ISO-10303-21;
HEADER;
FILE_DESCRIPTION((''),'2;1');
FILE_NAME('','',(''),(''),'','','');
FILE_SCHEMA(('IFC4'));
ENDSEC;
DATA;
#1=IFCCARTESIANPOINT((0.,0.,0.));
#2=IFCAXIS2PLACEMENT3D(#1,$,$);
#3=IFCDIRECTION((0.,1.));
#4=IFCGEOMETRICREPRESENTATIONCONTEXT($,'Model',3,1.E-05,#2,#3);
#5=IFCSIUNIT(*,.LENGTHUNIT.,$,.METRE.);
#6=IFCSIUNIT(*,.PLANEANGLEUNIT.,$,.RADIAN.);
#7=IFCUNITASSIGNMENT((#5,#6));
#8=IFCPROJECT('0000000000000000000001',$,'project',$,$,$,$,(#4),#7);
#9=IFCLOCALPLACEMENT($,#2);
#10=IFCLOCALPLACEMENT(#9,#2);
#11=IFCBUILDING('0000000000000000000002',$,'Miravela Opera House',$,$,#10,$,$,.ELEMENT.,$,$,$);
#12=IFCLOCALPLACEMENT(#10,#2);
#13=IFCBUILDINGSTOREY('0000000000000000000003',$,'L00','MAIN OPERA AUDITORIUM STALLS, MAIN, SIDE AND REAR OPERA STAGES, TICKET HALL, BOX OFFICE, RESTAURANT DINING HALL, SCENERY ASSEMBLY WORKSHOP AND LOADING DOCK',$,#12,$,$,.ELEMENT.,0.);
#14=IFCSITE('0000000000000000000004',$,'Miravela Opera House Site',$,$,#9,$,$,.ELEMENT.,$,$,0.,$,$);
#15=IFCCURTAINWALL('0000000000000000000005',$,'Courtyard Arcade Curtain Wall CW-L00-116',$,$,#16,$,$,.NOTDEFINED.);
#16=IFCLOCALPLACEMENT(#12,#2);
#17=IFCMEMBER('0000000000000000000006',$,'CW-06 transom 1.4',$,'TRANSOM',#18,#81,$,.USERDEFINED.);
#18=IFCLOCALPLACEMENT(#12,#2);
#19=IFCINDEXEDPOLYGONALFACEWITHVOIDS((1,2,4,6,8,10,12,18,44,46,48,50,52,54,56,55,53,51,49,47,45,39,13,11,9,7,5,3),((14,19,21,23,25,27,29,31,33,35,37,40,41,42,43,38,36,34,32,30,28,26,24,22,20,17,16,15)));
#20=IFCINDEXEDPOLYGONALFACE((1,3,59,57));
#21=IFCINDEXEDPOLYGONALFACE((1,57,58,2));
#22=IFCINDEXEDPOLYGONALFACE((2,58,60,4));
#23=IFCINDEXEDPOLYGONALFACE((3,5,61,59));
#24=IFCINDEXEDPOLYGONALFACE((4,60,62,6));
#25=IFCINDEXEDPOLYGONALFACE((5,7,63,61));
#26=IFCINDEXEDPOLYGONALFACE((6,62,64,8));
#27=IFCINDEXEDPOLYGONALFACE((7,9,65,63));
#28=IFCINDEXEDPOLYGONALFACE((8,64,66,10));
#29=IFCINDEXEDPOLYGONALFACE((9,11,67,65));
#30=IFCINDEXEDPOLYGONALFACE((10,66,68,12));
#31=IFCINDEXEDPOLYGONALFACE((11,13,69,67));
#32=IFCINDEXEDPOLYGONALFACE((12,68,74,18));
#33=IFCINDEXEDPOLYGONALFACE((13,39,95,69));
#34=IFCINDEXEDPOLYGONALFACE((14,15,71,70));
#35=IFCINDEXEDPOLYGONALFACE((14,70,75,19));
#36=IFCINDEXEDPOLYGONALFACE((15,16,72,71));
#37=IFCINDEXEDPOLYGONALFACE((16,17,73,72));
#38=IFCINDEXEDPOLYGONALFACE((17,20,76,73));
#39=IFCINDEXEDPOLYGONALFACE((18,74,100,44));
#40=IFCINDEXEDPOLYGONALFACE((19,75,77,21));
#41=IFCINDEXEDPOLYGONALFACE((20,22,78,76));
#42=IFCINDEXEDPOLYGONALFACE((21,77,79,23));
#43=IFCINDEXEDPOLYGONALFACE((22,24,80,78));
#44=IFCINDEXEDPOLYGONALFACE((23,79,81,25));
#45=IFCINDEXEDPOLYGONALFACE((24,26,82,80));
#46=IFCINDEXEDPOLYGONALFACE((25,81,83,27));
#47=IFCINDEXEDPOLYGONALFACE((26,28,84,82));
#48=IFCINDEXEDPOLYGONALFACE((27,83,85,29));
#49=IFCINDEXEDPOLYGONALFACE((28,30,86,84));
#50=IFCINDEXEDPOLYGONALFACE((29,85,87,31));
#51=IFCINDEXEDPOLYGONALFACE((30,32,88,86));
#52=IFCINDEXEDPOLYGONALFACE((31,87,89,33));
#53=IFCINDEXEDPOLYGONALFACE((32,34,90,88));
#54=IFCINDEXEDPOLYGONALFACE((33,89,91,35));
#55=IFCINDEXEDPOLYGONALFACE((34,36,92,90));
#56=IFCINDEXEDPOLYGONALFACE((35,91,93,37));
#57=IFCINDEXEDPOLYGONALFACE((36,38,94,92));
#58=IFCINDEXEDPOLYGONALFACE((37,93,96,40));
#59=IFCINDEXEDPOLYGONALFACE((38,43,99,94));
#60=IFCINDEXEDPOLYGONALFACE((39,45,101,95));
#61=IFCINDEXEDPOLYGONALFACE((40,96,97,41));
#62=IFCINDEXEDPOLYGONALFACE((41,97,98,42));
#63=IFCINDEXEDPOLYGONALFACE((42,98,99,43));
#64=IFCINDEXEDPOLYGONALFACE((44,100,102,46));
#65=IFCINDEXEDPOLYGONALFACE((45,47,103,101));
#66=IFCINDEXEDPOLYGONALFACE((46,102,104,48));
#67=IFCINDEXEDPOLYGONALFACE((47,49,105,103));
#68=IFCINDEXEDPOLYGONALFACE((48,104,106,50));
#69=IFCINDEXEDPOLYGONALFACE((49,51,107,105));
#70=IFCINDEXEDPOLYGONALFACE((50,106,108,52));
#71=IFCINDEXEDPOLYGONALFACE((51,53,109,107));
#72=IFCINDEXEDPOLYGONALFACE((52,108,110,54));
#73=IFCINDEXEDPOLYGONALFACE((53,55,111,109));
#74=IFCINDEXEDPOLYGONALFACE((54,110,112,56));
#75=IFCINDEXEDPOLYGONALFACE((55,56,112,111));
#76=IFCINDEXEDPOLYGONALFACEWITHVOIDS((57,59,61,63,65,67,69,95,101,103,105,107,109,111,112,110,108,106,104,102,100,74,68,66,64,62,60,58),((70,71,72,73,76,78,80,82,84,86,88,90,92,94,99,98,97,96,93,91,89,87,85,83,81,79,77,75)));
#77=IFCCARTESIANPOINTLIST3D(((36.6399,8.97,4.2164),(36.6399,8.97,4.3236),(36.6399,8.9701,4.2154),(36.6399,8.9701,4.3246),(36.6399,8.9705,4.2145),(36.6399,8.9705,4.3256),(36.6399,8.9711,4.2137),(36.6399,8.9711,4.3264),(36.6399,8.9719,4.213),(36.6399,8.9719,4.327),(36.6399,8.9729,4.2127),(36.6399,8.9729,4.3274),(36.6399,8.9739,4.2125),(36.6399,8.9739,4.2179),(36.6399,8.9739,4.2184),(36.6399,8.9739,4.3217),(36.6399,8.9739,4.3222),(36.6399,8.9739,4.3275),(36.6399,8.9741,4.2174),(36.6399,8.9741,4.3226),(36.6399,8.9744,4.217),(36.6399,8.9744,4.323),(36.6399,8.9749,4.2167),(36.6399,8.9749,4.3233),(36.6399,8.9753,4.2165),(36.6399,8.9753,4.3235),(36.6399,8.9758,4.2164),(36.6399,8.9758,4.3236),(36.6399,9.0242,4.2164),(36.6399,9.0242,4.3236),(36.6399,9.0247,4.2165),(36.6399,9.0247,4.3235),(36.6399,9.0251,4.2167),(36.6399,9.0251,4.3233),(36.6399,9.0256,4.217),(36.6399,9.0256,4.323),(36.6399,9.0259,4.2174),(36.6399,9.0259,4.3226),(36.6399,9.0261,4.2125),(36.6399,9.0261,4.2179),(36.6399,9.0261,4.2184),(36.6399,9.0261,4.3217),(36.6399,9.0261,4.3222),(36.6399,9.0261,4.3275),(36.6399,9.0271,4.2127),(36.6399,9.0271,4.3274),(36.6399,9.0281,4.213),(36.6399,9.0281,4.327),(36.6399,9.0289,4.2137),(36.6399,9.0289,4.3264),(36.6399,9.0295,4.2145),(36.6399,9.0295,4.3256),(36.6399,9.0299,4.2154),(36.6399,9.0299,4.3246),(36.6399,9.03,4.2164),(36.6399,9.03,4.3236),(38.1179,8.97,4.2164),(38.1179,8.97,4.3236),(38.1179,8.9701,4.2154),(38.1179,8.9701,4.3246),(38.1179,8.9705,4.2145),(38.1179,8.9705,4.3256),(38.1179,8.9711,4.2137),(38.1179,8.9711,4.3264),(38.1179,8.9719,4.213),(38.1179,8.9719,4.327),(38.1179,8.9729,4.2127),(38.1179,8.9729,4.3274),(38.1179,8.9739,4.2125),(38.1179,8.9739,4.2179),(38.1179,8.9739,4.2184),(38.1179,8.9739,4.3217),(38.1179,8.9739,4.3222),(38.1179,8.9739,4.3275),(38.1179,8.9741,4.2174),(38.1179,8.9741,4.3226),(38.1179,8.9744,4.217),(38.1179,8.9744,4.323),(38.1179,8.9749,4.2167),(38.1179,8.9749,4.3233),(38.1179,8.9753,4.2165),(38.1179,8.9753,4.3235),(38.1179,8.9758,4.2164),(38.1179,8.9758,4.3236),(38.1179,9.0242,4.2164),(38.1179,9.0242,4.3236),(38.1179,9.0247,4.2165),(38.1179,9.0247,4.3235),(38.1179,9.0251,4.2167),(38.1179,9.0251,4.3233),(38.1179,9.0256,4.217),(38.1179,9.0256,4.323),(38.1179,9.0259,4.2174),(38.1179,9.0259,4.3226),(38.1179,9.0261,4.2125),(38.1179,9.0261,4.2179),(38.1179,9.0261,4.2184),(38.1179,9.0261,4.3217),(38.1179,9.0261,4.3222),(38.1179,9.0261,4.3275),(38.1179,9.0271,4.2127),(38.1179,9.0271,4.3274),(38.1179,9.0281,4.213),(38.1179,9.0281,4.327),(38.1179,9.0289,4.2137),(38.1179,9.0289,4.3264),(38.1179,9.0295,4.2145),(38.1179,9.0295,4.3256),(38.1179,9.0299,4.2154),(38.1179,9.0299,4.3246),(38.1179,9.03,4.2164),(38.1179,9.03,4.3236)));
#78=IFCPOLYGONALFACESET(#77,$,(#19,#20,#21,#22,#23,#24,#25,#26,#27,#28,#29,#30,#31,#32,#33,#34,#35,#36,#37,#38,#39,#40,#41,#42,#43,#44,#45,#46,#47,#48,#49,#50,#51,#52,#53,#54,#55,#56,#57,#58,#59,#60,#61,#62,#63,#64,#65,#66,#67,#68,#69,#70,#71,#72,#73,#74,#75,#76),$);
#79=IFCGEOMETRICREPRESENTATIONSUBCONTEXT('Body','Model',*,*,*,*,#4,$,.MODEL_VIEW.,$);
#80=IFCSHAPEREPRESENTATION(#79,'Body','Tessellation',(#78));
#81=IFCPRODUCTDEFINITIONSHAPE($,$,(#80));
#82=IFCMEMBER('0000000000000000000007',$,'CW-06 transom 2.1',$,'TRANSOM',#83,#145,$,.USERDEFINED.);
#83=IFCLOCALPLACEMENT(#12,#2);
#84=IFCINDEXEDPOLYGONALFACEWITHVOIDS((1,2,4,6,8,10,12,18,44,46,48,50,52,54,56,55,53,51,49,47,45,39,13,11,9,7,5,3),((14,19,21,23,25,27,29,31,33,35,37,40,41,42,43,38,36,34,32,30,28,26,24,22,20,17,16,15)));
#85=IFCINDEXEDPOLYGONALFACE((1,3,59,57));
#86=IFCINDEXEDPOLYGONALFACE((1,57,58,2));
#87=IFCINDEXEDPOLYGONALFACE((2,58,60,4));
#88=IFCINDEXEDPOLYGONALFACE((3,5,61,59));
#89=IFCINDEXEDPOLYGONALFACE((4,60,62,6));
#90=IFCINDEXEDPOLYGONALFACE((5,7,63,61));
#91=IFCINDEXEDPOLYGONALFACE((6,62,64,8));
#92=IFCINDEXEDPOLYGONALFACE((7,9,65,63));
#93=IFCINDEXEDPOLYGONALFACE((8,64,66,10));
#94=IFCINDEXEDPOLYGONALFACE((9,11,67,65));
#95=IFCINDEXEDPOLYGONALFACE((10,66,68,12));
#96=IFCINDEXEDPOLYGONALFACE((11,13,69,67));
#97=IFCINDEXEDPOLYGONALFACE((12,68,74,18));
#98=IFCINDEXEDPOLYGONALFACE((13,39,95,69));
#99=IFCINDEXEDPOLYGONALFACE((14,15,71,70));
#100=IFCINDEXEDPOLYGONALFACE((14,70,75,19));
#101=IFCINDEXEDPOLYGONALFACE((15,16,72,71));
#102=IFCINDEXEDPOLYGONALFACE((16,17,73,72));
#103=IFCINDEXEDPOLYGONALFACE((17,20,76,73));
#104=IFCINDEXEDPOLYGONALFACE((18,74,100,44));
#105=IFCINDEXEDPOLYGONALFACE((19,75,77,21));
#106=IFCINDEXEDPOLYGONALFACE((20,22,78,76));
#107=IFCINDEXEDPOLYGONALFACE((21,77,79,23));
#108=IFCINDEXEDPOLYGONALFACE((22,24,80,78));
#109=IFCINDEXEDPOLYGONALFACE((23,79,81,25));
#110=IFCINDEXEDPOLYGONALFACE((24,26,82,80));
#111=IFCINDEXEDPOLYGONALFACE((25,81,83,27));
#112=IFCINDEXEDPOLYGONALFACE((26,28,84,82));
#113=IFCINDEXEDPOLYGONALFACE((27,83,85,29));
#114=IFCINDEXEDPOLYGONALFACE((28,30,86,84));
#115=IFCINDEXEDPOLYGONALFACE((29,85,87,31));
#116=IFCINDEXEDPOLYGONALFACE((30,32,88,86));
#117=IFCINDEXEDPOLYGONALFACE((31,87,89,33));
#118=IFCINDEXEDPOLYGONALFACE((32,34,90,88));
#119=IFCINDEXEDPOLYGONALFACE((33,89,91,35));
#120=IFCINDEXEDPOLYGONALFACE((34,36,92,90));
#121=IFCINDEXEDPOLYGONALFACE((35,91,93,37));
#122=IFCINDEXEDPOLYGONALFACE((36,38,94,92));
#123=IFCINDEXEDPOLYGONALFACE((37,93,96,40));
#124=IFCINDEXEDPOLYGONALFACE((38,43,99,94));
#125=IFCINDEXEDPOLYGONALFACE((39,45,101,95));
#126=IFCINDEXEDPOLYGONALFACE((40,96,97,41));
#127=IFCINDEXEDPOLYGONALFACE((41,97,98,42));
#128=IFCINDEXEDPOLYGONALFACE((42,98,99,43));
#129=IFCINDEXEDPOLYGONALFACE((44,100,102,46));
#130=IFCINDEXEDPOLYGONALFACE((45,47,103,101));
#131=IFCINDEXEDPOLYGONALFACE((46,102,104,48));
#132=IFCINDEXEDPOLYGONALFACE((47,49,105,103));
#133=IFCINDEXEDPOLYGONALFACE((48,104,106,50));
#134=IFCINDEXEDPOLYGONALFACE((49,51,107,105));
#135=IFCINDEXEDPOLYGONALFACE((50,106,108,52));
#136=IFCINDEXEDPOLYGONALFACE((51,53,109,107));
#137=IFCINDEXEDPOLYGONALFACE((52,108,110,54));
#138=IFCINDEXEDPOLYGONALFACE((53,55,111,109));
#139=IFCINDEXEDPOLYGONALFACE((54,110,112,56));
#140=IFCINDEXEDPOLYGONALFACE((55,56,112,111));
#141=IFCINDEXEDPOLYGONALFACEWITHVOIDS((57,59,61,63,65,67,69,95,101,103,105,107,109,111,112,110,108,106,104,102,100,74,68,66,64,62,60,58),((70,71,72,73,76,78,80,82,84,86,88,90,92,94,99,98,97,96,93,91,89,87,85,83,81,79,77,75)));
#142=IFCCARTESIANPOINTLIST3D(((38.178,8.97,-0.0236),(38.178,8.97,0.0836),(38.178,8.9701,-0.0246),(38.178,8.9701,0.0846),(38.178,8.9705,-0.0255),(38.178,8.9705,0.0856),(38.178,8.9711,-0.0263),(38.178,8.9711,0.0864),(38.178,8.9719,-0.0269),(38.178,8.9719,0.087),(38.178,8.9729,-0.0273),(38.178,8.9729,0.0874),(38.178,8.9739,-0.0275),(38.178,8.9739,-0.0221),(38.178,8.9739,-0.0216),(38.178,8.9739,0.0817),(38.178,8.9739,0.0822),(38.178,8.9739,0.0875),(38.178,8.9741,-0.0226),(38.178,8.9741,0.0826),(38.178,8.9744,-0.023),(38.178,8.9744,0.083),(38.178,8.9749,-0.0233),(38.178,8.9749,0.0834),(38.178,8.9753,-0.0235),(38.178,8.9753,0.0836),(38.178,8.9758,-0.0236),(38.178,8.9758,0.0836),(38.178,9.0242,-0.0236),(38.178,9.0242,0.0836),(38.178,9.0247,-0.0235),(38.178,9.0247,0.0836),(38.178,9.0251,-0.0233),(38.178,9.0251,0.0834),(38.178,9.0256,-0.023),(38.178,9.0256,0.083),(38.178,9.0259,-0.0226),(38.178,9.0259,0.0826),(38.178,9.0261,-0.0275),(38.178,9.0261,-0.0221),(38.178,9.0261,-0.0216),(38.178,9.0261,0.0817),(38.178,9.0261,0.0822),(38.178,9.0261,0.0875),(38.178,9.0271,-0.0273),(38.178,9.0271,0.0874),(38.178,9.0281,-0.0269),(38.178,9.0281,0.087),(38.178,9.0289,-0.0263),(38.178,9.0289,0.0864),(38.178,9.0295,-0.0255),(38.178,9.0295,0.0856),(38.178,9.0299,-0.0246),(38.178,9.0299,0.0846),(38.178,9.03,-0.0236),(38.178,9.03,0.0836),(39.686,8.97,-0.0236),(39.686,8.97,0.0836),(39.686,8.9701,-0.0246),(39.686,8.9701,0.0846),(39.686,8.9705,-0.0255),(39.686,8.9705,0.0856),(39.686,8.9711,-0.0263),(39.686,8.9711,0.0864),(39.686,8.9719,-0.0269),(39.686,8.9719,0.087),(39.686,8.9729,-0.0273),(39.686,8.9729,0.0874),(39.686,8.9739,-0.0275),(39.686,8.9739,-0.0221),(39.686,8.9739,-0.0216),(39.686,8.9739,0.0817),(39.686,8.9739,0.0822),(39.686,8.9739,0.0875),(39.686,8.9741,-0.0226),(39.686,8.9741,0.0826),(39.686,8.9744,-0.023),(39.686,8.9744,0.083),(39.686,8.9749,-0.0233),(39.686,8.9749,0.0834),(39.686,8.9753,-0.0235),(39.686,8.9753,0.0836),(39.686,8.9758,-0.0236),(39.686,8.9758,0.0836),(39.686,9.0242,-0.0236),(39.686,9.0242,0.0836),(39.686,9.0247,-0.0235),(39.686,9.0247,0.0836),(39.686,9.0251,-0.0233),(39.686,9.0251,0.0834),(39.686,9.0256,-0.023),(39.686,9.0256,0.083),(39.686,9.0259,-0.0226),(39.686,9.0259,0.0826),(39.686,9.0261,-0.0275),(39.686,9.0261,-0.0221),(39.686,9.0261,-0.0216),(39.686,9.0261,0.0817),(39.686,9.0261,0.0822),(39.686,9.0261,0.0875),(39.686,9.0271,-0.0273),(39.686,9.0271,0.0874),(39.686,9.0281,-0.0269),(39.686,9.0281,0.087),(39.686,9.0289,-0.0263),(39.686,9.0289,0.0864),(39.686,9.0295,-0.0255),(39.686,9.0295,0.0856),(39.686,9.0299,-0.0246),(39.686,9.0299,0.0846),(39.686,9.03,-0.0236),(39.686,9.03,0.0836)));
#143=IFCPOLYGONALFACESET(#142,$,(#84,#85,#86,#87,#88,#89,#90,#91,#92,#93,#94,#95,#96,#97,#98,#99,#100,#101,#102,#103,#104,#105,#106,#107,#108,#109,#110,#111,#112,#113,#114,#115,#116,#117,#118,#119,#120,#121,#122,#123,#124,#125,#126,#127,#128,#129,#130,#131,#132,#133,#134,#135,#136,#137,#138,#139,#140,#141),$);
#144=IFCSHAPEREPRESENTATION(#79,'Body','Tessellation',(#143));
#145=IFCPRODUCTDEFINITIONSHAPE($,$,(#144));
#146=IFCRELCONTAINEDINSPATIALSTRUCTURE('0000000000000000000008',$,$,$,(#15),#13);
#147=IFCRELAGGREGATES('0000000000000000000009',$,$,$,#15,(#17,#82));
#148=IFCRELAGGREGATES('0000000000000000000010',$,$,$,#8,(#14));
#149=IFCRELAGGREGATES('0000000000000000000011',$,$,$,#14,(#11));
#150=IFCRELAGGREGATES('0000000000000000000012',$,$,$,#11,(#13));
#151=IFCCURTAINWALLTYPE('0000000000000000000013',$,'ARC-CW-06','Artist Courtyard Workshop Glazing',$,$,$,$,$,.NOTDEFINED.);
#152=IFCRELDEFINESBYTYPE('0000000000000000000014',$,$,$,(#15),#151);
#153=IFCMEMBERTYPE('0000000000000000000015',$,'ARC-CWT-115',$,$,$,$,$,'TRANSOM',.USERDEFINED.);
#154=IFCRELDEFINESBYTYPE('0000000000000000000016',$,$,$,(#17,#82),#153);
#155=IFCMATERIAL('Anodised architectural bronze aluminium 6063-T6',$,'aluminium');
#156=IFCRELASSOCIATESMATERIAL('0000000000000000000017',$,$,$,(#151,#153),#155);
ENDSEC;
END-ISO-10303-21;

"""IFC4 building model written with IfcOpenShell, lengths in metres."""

from ifc_helpers import new_model, si_unit, direction, frame, origin, origin_2d, place, context, subcontext, project, spatial, hollow_rectangle, extrude, material, material_profile, profile_set, type_object, element, aggregate, save


model = new_model("IFC4")

# Units and contexts
model_context = context("Model", 3, precision=1e-05, world=origin(), true_north=direction((0.0, 1.0)))
body_context = subcontext(model_context, "Body", "Model", "MODEL_VIEW")
ifc_project = project(units=[si_unit("LENGTHUNIT", "METRE"), si_unit("PLANEANGLEUNIT", "RADIAN")], contexts=[model_context])

# Site, building, storey
site_placement = place(None, origin())
site = spatial("IfcSite", under=ifc_project, at=site_placement, Name="Miravela Opera House Site", CompositionType="ELEMENT", RefElevation=0.0)
building_placement = place(site_placement, origin())
building = spatial("IfcBuilding", under=site, at=building_placement, Name="Miravela Opera House", CompositionType="ELEMENT")
storey_placement = place(building_placement, origin())
storey = spatial("IfcBuildingStorey", under=building, at=storey_placement, Name="L00", Description="MAIN OPERA AUDITORIUM STALLS, MAIN, SIDE AND REAR OPERA STAGES, TICKET HALL, BOX OFFICE, RESTAURANT DINING HALL, SCENERY ASSEMBLY WORKSHOP AND LOADING DOCK", CompositionType="ELEMENT", Elevation=0.0)

# Curtain wall, members
ifc_material_1 = material(Name="Anodised architectural bronze aluminium 6063-T6", Category="aluminium")
curtain_wall_type = type_object("IfcCurtainWallType", Name="ARC-CW-06", Description="Artist Courtyard Workshop Glazing", PredefinedType="NOTDEFINED", material=ifc_material_1)
curtain_wall_placement = place(storey_placement, origin())
curtain_wall = element("IfcCurtainWall", 1, at=curtain_wall_placement, inside=storey, type_object=curtain_wall_type, Name="Courtyard Arcade Curtain Wall CW-L00-116", PredefinedType="NOTDEFINED")
ifc_material_profile_1 = material_profile(ifc_material_1, hollow_rectangle(XDim=0.0601, YDim=0.115, WallThickness=0.0039, InnerFilletRadius=0.002, OuterFilletRadius=0.0039, at=origin_2d()), Name="CWT-60X115")
ifc_profile_set_1 = profile_set([ifc_material_profile_1])
member_type_1 = type_object("IfcMemberType", Name="ARC-CWT-115", ElementType="TRANSOM", PredefinedType="USERDEFINED", material=ifc_profile_set_1)
member_1_placement = place(storey_placement, frame((36.6399, 9.0, 4.27), z_axis=(1.0, 0.0, 0.0), x_axis=(0.0, 1.0, 0.0)))
member_1 = element("IfcMember", 2, at=member_1_placement, type_object=member_type_1, Name="CW-06 transom 1.4", ObjectType="TRANSOM", PredefinedType="USERDEFINED", context=body_context, shape_type="SweptSolid", body=[
    extrude(hollow_rectangle(XDim=0.0601, YDim=0.115, WallThickness=0.0039, InnerFilletRadius=0.002, OuterFilletRadius=0.0039, at=origin_2d()), origin(), (0.0, 0.0, 1.0), 1.478),
])
member_2_placement = place(storey_placement, frame((38.178, 9.0, 0.03), z_axis=(1.0, 0.0, 0.0), x_axis=(0.0, 1.0, 0.0)))
member_2 = element("IfcMember", 3, at=member_2_placement, type_object=member_type_1, Name="CW-06 transom 2.1", ObjectType="TRANSOM", PredefinedType="USERDEFINED", context=body_context, shape_type="SweptSolid", body=[
    extrude(hollow_rectangle(XDim=0.0601, YDim=0.115, WallThickness=0.0039, InnerFilletRadius=0.002, OuterFilletRadius=0.0039, at=origin_2d()), origin(), (0.0, 0.0, 1.0), 1.5081),
])
aggregate(curtain_wall, [member_1, member_2])

save(model, "model.ifc")
